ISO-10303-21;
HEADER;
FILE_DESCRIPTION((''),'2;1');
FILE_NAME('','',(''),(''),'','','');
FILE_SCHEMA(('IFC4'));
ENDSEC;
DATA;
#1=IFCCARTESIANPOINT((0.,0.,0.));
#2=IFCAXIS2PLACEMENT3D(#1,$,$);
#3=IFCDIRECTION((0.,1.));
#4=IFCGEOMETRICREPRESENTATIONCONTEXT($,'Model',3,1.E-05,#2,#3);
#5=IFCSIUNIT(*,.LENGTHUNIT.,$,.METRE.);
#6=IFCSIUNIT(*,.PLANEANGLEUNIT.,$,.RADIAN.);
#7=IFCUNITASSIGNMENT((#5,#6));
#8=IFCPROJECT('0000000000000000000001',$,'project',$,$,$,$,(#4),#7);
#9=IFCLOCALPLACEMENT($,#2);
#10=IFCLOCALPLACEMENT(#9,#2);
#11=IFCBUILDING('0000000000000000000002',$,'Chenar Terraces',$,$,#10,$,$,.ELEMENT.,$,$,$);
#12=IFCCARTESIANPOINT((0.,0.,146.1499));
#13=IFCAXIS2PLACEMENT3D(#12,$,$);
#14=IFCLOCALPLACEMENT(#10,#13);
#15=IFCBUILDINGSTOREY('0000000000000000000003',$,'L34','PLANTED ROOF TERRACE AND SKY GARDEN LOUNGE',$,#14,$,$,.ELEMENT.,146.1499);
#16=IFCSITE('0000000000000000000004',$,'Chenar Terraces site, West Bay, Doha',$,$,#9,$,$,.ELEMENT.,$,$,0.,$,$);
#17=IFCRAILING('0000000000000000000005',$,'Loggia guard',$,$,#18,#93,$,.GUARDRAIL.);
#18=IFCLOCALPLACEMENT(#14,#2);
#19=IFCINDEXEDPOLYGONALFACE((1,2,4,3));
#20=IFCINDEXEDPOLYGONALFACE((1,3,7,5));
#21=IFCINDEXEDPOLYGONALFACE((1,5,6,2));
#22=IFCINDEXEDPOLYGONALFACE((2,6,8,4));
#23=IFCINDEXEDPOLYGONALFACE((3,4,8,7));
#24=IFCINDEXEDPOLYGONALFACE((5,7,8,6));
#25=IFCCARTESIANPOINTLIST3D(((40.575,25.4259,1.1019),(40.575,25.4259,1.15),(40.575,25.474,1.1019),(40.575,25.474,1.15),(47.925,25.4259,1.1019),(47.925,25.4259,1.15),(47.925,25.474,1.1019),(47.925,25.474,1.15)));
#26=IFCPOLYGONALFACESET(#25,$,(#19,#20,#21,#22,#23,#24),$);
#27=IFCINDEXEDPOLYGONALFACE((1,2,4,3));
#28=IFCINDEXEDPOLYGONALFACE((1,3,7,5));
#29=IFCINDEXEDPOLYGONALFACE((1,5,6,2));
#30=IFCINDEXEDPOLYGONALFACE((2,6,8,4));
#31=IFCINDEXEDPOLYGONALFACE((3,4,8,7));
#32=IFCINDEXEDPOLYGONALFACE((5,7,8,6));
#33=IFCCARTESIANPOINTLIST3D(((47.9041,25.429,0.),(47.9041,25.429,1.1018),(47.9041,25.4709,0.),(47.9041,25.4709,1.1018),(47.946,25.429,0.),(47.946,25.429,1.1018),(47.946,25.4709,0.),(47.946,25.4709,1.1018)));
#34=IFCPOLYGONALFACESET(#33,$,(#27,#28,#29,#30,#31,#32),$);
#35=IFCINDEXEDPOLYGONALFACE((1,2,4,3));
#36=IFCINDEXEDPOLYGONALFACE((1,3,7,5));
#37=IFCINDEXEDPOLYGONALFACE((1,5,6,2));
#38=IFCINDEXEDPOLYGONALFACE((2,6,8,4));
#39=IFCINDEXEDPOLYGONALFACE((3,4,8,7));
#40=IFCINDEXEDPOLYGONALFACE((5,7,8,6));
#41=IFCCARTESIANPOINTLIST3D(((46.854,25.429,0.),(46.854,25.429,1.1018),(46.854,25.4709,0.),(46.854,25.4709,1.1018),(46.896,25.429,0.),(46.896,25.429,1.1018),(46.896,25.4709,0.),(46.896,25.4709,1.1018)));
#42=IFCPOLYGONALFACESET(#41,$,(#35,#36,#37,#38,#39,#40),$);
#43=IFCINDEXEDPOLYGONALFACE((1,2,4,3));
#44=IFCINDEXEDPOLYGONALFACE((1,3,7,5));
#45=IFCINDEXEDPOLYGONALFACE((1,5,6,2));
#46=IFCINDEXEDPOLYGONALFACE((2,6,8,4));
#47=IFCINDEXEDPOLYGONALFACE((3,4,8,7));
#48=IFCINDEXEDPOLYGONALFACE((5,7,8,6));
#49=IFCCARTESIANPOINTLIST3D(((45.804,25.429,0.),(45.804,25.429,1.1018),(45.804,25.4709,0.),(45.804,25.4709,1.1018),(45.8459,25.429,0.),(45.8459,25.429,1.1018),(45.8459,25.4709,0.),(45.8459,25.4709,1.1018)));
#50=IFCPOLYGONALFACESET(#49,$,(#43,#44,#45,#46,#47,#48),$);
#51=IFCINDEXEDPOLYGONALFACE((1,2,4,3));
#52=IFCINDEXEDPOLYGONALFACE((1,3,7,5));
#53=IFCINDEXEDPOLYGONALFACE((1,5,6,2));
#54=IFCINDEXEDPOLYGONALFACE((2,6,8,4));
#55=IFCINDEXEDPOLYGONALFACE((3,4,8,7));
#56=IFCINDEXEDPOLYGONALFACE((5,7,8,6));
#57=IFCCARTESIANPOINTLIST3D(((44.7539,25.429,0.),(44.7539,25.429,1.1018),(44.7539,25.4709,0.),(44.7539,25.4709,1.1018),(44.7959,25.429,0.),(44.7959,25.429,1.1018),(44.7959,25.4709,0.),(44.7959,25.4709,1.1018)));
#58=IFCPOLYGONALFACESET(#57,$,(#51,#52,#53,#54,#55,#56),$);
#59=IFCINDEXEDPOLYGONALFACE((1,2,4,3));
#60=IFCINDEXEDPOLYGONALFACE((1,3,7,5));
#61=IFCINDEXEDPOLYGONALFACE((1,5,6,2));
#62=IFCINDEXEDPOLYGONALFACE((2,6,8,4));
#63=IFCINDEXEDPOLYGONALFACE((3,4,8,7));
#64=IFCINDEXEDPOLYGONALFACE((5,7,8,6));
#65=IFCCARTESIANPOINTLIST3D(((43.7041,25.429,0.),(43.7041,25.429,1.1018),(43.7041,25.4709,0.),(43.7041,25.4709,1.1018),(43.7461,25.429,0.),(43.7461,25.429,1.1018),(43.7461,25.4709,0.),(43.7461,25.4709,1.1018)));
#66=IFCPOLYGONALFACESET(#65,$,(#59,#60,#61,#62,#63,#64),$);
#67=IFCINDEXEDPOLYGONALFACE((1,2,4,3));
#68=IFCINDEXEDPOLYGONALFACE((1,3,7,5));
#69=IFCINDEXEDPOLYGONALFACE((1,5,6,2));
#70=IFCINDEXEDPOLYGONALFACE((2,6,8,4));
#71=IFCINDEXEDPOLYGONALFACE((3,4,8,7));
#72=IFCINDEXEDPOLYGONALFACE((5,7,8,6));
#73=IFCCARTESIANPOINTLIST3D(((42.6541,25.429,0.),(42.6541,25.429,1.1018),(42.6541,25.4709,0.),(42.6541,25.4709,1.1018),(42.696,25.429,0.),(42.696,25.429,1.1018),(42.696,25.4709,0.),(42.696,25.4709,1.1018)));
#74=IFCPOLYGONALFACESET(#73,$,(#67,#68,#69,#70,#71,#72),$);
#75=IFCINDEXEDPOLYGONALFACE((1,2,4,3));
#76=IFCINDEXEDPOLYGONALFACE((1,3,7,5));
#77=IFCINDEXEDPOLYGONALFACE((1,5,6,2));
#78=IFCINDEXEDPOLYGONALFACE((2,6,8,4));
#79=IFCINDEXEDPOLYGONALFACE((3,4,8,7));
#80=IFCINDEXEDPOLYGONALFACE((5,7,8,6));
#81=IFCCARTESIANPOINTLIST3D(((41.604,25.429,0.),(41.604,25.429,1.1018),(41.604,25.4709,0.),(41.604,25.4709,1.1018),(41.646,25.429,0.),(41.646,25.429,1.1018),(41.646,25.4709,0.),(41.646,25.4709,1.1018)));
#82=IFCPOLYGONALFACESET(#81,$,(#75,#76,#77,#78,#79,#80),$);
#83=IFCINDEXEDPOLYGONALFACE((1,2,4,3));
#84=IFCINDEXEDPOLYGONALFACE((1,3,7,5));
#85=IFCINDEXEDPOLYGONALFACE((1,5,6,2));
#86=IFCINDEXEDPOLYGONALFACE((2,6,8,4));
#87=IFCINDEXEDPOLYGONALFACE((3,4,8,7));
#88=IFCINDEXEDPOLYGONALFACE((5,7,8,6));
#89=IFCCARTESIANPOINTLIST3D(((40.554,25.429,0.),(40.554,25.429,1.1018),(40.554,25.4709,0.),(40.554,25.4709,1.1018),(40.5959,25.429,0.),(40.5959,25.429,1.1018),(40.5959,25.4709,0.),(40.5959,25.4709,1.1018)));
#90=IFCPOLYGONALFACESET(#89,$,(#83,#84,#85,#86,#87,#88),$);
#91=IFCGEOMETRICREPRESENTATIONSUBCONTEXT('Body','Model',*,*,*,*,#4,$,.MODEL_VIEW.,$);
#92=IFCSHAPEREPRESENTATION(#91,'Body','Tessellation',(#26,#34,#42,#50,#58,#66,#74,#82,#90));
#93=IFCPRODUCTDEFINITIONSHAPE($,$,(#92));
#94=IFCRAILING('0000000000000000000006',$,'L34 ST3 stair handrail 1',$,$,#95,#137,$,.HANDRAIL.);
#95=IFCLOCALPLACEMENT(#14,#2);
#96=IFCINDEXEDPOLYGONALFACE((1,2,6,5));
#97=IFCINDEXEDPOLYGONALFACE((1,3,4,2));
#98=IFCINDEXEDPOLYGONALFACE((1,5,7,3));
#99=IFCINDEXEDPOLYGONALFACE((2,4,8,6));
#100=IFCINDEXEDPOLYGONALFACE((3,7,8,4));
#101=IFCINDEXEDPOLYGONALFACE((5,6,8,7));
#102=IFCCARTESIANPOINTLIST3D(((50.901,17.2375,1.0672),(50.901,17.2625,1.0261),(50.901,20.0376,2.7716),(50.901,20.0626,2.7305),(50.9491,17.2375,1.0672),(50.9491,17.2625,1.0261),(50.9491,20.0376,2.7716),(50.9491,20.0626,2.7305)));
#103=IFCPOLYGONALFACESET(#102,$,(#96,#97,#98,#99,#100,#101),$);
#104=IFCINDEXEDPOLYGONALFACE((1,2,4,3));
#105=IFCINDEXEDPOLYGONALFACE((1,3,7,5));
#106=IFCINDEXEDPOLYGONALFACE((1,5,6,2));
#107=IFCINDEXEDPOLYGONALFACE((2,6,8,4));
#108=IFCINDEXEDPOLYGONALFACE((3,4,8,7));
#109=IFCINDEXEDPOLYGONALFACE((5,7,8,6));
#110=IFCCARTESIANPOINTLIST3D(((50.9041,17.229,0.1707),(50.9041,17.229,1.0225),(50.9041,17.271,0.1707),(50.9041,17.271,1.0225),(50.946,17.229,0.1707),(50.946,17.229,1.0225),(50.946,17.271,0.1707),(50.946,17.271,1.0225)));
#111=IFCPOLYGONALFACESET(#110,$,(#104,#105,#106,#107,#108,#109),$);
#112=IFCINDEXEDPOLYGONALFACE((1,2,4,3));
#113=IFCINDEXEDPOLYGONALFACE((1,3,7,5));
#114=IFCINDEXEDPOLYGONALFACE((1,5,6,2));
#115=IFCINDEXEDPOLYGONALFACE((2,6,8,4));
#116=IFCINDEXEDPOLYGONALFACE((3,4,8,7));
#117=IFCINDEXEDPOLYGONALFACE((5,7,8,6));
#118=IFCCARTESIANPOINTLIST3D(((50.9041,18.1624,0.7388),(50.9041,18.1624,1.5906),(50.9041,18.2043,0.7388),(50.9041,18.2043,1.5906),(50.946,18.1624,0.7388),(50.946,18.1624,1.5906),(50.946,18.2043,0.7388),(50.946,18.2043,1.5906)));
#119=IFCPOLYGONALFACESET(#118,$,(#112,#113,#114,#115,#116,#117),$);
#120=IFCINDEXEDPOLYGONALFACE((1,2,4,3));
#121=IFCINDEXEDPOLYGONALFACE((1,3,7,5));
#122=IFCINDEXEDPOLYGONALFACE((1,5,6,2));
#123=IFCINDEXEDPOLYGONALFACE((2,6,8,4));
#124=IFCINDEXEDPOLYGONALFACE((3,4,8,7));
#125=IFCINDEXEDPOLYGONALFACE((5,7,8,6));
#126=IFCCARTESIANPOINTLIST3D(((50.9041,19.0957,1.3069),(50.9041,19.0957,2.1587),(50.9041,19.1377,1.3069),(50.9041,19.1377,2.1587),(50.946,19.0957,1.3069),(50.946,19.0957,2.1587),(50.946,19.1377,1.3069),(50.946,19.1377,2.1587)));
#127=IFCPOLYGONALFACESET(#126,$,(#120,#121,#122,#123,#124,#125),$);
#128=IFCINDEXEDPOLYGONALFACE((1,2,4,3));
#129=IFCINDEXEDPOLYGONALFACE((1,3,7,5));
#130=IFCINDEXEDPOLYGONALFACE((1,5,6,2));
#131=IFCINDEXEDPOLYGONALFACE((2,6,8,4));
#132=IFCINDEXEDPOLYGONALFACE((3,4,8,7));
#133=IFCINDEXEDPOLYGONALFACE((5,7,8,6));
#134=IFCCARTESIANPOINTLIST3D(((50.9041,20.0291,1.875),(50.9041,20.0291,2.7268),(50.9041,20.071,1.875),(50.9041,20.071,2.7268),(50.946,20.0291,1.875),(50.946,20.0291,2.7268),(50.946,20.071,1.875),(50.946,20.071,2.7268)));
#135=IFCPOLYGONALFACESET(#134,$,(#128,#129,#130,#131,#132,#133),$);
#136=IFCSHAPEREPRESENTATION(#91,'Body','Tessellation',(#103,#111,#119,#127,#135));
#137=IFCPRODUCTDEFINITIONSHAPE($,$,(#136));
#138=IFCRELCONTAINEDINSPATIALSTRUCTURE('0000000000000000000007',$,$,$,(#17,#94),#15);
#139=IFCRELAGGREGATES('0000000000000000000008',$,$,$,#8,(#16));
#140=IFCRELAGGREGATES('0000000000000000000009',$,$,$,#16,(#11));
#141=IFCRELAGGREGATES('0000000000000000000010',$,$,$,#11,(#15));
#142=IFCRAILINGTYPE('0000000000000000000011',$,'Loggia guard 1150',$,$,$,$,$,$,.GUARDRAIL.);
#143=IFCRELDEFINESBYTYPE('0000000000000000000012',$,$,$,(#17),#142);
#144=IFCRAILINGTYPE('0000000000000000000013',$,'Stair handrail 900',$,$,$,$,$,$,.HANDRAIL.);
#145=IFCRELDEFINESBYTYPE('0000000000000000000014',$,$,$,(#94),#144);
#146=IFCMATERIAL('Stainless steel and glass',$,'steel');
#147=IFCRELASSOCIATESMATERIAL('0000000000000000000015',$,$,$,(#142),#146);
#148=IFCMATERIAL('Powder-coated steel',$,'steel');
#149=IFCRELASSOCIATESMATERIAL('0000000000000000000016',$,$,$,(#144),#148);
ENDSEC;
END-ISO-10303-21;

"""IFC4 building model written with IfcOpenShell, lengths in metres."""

from ifc_helpers import new_model, si_unit, direction, frame, origin, origin_2d, place, context, subcontext, project, spatial, rectangle, extrude, material, type_object, element, save


model = new_model("IFC4")

# Units and contexts
model_context = context("Model", 3, precision=1e-05, world=origin(), true_north=direction((0.0, 1.0)))
body_context = subcontext(model_context, "Body", "Model", "MODEL_VIEW")
ifc_project = project(units=[si_unit("LENGTHUNIT", "METRE"), si_unit("PLANEANGLEUNIT", "RADIAN")], contexts=[model_context])

# Site, building, storey
site_placement = place(None, origin())
site = spatial("IfcSite", under=ifc_project, at=site_placement, Name="Chenar Terraces site, West Bay, Doha", CompositionType="ELEMENT", RefElevation=0.0)
building_placement = place(site_placement, origin())
building = spatial("IfcBuilding", under=site, at=building_placement, Name="Chenar Terraces", CompositionType="ELEMENT")
storey_placement = place(building_placement, frame((0.0, 0.0, 146.1499)))
storey = spatial("IfcBuildingStorey", under=building, at=storey_placement, Name="L34", Description="PLANTED ROOF TERRACE AND SKY GARDEN LOUNGE", CompositionType="ELEMENT", Elevation=146.1499)

# Railings
ifc_material_1 = material(Name="Stainless steel and glass", Category="steel")
railing_type_1 = type_object("IfcRailingType", Name="Loggia guard 1150", PredefinedType="GUARDRAIL", material=ifc_material_1)
railing_1_placement = place(storey_placement, frame((47.925, 25.45, 0.0)))
element("IfcRailing", 1, at=railing_1_placement, inside=storey, type_object=railing_type_1, Name="Loggia guard", PredefinedType="GUARDRAIL", context=body_context, shape_type="SweptSolid", body=[
    extrude(rectangle(XDim=0.0481, YDim=0.0481, at=origin_2d()), frame((0.0, 0.0, 1.126), z_axis=(-1.0, 0.0, 0.0), x_axis=(0.0, -1.0, 0.0)), (0.0, 0.0, 1.0), 7.3501),
    extrude(rectangle(XDim=0.042, YDim=0.042, at=origin_2d()), origin(), (0.0, 0.0, 1.0), 1.1018),
    extrude(rectangle(XDim=0.042, YDim=0.042, at=origin_2d()), frame((-1.05, 0.0, 0.0)), (0.0, 0.0, 1.0), 1.1018),
    extrude(rectangle(XDim=0.042, YDim=0.042, at=origin_2d()), frame((-2.1001, 0.0, 0.0)), (0.0, 0.0, 1.0), 1.1018),
    extrude(rectangle(XDim=0.042, YDim=0.042, at=origin_2d()), frame((-3.1501, 0.0, 0.0)), (0.0, 0.0, 1.0), 1.1018),
    extrude(rectangle(XDim=0.042, YDim=0.042, at=origin_2d()), frame((-4.2, 0.0, 0.0)), (0.0, 0.0, 1.0), 1.1018),
    extrude(rectangle(XDim=0.042, YDim=0.042, at=origin_2d()), frame((-5.25, 0.0, 0.0)), (0.0, 0.0, 1.0), 1.1018),
    extrude(rectangle(XDim=0.042, YDim=0.042, at=origin_2d()), frame((-6.3, 0.0, 0.0)), (0.0, 0.0, 1.0), 1.1018),
    extrude(rectangle(XDim=0.042, YDim=0.042, at=origin_2d()), frame((-7.3501, 0.0, 0.0)), (0.0, 0.0, 1.0), 1.1018),
])
ifc_material_2 = material(Name="Powder-coated steel", Category="steel")
railing_type_2 = type_object("IfcRailingType", Name="Stair handrail 900", PredefinedType="HANDRAIL", material=ifc_material_2)
railing_2_placement = place(storey_placement, frame((50.925, 17.25, 0.1707)))
element("IfcRailing", 2, at=railing_2_placement, inside=storey, type_object=railing_type_2, Name="L34 ST3 stair handrail 1", PredefinedType="HANDRAIL", context=body_context, shape_type="SweptSolid", body=[
    extrude(rectangle(XDim=0.0481, YDim=0.0481, at=origin_2d()), frame((0.0, 0.0, 0.876), z_axis=(0.0, 0.854203, 0.51994), x_axis=(-1.0, 0.0, 0.0)), (0.0, 0.0, 1.0), 3.2781),
    extrude(rectangle(XDim=0.042, YDim=0.042, at=origin_2d()), origin(), (0.0, 0.0, 1.0), 0.8518),
    extrude(rectangle(XDim=0.042, YDim=0.042, at=origin_2d()), frame((0.0, 0.9333, 0.5681)), (0.0, 0.0, 1.0), 0.8518),
    extrude(rectangle(XDim=0.042, YDim=0.042, at=origin_2d()), frame((0.0, 1.8667, 1.1362)), (0.0, 0.0, 1.0), 0.8518),
    extrude(rectangle(XDim=0.042, YDim=0.042, at=origin_2d()), frame((0.0, 2.8, 1.7043)), (0.0, 0.0, 1.0), 0.8518),
])

save(model, "model.ifc")
